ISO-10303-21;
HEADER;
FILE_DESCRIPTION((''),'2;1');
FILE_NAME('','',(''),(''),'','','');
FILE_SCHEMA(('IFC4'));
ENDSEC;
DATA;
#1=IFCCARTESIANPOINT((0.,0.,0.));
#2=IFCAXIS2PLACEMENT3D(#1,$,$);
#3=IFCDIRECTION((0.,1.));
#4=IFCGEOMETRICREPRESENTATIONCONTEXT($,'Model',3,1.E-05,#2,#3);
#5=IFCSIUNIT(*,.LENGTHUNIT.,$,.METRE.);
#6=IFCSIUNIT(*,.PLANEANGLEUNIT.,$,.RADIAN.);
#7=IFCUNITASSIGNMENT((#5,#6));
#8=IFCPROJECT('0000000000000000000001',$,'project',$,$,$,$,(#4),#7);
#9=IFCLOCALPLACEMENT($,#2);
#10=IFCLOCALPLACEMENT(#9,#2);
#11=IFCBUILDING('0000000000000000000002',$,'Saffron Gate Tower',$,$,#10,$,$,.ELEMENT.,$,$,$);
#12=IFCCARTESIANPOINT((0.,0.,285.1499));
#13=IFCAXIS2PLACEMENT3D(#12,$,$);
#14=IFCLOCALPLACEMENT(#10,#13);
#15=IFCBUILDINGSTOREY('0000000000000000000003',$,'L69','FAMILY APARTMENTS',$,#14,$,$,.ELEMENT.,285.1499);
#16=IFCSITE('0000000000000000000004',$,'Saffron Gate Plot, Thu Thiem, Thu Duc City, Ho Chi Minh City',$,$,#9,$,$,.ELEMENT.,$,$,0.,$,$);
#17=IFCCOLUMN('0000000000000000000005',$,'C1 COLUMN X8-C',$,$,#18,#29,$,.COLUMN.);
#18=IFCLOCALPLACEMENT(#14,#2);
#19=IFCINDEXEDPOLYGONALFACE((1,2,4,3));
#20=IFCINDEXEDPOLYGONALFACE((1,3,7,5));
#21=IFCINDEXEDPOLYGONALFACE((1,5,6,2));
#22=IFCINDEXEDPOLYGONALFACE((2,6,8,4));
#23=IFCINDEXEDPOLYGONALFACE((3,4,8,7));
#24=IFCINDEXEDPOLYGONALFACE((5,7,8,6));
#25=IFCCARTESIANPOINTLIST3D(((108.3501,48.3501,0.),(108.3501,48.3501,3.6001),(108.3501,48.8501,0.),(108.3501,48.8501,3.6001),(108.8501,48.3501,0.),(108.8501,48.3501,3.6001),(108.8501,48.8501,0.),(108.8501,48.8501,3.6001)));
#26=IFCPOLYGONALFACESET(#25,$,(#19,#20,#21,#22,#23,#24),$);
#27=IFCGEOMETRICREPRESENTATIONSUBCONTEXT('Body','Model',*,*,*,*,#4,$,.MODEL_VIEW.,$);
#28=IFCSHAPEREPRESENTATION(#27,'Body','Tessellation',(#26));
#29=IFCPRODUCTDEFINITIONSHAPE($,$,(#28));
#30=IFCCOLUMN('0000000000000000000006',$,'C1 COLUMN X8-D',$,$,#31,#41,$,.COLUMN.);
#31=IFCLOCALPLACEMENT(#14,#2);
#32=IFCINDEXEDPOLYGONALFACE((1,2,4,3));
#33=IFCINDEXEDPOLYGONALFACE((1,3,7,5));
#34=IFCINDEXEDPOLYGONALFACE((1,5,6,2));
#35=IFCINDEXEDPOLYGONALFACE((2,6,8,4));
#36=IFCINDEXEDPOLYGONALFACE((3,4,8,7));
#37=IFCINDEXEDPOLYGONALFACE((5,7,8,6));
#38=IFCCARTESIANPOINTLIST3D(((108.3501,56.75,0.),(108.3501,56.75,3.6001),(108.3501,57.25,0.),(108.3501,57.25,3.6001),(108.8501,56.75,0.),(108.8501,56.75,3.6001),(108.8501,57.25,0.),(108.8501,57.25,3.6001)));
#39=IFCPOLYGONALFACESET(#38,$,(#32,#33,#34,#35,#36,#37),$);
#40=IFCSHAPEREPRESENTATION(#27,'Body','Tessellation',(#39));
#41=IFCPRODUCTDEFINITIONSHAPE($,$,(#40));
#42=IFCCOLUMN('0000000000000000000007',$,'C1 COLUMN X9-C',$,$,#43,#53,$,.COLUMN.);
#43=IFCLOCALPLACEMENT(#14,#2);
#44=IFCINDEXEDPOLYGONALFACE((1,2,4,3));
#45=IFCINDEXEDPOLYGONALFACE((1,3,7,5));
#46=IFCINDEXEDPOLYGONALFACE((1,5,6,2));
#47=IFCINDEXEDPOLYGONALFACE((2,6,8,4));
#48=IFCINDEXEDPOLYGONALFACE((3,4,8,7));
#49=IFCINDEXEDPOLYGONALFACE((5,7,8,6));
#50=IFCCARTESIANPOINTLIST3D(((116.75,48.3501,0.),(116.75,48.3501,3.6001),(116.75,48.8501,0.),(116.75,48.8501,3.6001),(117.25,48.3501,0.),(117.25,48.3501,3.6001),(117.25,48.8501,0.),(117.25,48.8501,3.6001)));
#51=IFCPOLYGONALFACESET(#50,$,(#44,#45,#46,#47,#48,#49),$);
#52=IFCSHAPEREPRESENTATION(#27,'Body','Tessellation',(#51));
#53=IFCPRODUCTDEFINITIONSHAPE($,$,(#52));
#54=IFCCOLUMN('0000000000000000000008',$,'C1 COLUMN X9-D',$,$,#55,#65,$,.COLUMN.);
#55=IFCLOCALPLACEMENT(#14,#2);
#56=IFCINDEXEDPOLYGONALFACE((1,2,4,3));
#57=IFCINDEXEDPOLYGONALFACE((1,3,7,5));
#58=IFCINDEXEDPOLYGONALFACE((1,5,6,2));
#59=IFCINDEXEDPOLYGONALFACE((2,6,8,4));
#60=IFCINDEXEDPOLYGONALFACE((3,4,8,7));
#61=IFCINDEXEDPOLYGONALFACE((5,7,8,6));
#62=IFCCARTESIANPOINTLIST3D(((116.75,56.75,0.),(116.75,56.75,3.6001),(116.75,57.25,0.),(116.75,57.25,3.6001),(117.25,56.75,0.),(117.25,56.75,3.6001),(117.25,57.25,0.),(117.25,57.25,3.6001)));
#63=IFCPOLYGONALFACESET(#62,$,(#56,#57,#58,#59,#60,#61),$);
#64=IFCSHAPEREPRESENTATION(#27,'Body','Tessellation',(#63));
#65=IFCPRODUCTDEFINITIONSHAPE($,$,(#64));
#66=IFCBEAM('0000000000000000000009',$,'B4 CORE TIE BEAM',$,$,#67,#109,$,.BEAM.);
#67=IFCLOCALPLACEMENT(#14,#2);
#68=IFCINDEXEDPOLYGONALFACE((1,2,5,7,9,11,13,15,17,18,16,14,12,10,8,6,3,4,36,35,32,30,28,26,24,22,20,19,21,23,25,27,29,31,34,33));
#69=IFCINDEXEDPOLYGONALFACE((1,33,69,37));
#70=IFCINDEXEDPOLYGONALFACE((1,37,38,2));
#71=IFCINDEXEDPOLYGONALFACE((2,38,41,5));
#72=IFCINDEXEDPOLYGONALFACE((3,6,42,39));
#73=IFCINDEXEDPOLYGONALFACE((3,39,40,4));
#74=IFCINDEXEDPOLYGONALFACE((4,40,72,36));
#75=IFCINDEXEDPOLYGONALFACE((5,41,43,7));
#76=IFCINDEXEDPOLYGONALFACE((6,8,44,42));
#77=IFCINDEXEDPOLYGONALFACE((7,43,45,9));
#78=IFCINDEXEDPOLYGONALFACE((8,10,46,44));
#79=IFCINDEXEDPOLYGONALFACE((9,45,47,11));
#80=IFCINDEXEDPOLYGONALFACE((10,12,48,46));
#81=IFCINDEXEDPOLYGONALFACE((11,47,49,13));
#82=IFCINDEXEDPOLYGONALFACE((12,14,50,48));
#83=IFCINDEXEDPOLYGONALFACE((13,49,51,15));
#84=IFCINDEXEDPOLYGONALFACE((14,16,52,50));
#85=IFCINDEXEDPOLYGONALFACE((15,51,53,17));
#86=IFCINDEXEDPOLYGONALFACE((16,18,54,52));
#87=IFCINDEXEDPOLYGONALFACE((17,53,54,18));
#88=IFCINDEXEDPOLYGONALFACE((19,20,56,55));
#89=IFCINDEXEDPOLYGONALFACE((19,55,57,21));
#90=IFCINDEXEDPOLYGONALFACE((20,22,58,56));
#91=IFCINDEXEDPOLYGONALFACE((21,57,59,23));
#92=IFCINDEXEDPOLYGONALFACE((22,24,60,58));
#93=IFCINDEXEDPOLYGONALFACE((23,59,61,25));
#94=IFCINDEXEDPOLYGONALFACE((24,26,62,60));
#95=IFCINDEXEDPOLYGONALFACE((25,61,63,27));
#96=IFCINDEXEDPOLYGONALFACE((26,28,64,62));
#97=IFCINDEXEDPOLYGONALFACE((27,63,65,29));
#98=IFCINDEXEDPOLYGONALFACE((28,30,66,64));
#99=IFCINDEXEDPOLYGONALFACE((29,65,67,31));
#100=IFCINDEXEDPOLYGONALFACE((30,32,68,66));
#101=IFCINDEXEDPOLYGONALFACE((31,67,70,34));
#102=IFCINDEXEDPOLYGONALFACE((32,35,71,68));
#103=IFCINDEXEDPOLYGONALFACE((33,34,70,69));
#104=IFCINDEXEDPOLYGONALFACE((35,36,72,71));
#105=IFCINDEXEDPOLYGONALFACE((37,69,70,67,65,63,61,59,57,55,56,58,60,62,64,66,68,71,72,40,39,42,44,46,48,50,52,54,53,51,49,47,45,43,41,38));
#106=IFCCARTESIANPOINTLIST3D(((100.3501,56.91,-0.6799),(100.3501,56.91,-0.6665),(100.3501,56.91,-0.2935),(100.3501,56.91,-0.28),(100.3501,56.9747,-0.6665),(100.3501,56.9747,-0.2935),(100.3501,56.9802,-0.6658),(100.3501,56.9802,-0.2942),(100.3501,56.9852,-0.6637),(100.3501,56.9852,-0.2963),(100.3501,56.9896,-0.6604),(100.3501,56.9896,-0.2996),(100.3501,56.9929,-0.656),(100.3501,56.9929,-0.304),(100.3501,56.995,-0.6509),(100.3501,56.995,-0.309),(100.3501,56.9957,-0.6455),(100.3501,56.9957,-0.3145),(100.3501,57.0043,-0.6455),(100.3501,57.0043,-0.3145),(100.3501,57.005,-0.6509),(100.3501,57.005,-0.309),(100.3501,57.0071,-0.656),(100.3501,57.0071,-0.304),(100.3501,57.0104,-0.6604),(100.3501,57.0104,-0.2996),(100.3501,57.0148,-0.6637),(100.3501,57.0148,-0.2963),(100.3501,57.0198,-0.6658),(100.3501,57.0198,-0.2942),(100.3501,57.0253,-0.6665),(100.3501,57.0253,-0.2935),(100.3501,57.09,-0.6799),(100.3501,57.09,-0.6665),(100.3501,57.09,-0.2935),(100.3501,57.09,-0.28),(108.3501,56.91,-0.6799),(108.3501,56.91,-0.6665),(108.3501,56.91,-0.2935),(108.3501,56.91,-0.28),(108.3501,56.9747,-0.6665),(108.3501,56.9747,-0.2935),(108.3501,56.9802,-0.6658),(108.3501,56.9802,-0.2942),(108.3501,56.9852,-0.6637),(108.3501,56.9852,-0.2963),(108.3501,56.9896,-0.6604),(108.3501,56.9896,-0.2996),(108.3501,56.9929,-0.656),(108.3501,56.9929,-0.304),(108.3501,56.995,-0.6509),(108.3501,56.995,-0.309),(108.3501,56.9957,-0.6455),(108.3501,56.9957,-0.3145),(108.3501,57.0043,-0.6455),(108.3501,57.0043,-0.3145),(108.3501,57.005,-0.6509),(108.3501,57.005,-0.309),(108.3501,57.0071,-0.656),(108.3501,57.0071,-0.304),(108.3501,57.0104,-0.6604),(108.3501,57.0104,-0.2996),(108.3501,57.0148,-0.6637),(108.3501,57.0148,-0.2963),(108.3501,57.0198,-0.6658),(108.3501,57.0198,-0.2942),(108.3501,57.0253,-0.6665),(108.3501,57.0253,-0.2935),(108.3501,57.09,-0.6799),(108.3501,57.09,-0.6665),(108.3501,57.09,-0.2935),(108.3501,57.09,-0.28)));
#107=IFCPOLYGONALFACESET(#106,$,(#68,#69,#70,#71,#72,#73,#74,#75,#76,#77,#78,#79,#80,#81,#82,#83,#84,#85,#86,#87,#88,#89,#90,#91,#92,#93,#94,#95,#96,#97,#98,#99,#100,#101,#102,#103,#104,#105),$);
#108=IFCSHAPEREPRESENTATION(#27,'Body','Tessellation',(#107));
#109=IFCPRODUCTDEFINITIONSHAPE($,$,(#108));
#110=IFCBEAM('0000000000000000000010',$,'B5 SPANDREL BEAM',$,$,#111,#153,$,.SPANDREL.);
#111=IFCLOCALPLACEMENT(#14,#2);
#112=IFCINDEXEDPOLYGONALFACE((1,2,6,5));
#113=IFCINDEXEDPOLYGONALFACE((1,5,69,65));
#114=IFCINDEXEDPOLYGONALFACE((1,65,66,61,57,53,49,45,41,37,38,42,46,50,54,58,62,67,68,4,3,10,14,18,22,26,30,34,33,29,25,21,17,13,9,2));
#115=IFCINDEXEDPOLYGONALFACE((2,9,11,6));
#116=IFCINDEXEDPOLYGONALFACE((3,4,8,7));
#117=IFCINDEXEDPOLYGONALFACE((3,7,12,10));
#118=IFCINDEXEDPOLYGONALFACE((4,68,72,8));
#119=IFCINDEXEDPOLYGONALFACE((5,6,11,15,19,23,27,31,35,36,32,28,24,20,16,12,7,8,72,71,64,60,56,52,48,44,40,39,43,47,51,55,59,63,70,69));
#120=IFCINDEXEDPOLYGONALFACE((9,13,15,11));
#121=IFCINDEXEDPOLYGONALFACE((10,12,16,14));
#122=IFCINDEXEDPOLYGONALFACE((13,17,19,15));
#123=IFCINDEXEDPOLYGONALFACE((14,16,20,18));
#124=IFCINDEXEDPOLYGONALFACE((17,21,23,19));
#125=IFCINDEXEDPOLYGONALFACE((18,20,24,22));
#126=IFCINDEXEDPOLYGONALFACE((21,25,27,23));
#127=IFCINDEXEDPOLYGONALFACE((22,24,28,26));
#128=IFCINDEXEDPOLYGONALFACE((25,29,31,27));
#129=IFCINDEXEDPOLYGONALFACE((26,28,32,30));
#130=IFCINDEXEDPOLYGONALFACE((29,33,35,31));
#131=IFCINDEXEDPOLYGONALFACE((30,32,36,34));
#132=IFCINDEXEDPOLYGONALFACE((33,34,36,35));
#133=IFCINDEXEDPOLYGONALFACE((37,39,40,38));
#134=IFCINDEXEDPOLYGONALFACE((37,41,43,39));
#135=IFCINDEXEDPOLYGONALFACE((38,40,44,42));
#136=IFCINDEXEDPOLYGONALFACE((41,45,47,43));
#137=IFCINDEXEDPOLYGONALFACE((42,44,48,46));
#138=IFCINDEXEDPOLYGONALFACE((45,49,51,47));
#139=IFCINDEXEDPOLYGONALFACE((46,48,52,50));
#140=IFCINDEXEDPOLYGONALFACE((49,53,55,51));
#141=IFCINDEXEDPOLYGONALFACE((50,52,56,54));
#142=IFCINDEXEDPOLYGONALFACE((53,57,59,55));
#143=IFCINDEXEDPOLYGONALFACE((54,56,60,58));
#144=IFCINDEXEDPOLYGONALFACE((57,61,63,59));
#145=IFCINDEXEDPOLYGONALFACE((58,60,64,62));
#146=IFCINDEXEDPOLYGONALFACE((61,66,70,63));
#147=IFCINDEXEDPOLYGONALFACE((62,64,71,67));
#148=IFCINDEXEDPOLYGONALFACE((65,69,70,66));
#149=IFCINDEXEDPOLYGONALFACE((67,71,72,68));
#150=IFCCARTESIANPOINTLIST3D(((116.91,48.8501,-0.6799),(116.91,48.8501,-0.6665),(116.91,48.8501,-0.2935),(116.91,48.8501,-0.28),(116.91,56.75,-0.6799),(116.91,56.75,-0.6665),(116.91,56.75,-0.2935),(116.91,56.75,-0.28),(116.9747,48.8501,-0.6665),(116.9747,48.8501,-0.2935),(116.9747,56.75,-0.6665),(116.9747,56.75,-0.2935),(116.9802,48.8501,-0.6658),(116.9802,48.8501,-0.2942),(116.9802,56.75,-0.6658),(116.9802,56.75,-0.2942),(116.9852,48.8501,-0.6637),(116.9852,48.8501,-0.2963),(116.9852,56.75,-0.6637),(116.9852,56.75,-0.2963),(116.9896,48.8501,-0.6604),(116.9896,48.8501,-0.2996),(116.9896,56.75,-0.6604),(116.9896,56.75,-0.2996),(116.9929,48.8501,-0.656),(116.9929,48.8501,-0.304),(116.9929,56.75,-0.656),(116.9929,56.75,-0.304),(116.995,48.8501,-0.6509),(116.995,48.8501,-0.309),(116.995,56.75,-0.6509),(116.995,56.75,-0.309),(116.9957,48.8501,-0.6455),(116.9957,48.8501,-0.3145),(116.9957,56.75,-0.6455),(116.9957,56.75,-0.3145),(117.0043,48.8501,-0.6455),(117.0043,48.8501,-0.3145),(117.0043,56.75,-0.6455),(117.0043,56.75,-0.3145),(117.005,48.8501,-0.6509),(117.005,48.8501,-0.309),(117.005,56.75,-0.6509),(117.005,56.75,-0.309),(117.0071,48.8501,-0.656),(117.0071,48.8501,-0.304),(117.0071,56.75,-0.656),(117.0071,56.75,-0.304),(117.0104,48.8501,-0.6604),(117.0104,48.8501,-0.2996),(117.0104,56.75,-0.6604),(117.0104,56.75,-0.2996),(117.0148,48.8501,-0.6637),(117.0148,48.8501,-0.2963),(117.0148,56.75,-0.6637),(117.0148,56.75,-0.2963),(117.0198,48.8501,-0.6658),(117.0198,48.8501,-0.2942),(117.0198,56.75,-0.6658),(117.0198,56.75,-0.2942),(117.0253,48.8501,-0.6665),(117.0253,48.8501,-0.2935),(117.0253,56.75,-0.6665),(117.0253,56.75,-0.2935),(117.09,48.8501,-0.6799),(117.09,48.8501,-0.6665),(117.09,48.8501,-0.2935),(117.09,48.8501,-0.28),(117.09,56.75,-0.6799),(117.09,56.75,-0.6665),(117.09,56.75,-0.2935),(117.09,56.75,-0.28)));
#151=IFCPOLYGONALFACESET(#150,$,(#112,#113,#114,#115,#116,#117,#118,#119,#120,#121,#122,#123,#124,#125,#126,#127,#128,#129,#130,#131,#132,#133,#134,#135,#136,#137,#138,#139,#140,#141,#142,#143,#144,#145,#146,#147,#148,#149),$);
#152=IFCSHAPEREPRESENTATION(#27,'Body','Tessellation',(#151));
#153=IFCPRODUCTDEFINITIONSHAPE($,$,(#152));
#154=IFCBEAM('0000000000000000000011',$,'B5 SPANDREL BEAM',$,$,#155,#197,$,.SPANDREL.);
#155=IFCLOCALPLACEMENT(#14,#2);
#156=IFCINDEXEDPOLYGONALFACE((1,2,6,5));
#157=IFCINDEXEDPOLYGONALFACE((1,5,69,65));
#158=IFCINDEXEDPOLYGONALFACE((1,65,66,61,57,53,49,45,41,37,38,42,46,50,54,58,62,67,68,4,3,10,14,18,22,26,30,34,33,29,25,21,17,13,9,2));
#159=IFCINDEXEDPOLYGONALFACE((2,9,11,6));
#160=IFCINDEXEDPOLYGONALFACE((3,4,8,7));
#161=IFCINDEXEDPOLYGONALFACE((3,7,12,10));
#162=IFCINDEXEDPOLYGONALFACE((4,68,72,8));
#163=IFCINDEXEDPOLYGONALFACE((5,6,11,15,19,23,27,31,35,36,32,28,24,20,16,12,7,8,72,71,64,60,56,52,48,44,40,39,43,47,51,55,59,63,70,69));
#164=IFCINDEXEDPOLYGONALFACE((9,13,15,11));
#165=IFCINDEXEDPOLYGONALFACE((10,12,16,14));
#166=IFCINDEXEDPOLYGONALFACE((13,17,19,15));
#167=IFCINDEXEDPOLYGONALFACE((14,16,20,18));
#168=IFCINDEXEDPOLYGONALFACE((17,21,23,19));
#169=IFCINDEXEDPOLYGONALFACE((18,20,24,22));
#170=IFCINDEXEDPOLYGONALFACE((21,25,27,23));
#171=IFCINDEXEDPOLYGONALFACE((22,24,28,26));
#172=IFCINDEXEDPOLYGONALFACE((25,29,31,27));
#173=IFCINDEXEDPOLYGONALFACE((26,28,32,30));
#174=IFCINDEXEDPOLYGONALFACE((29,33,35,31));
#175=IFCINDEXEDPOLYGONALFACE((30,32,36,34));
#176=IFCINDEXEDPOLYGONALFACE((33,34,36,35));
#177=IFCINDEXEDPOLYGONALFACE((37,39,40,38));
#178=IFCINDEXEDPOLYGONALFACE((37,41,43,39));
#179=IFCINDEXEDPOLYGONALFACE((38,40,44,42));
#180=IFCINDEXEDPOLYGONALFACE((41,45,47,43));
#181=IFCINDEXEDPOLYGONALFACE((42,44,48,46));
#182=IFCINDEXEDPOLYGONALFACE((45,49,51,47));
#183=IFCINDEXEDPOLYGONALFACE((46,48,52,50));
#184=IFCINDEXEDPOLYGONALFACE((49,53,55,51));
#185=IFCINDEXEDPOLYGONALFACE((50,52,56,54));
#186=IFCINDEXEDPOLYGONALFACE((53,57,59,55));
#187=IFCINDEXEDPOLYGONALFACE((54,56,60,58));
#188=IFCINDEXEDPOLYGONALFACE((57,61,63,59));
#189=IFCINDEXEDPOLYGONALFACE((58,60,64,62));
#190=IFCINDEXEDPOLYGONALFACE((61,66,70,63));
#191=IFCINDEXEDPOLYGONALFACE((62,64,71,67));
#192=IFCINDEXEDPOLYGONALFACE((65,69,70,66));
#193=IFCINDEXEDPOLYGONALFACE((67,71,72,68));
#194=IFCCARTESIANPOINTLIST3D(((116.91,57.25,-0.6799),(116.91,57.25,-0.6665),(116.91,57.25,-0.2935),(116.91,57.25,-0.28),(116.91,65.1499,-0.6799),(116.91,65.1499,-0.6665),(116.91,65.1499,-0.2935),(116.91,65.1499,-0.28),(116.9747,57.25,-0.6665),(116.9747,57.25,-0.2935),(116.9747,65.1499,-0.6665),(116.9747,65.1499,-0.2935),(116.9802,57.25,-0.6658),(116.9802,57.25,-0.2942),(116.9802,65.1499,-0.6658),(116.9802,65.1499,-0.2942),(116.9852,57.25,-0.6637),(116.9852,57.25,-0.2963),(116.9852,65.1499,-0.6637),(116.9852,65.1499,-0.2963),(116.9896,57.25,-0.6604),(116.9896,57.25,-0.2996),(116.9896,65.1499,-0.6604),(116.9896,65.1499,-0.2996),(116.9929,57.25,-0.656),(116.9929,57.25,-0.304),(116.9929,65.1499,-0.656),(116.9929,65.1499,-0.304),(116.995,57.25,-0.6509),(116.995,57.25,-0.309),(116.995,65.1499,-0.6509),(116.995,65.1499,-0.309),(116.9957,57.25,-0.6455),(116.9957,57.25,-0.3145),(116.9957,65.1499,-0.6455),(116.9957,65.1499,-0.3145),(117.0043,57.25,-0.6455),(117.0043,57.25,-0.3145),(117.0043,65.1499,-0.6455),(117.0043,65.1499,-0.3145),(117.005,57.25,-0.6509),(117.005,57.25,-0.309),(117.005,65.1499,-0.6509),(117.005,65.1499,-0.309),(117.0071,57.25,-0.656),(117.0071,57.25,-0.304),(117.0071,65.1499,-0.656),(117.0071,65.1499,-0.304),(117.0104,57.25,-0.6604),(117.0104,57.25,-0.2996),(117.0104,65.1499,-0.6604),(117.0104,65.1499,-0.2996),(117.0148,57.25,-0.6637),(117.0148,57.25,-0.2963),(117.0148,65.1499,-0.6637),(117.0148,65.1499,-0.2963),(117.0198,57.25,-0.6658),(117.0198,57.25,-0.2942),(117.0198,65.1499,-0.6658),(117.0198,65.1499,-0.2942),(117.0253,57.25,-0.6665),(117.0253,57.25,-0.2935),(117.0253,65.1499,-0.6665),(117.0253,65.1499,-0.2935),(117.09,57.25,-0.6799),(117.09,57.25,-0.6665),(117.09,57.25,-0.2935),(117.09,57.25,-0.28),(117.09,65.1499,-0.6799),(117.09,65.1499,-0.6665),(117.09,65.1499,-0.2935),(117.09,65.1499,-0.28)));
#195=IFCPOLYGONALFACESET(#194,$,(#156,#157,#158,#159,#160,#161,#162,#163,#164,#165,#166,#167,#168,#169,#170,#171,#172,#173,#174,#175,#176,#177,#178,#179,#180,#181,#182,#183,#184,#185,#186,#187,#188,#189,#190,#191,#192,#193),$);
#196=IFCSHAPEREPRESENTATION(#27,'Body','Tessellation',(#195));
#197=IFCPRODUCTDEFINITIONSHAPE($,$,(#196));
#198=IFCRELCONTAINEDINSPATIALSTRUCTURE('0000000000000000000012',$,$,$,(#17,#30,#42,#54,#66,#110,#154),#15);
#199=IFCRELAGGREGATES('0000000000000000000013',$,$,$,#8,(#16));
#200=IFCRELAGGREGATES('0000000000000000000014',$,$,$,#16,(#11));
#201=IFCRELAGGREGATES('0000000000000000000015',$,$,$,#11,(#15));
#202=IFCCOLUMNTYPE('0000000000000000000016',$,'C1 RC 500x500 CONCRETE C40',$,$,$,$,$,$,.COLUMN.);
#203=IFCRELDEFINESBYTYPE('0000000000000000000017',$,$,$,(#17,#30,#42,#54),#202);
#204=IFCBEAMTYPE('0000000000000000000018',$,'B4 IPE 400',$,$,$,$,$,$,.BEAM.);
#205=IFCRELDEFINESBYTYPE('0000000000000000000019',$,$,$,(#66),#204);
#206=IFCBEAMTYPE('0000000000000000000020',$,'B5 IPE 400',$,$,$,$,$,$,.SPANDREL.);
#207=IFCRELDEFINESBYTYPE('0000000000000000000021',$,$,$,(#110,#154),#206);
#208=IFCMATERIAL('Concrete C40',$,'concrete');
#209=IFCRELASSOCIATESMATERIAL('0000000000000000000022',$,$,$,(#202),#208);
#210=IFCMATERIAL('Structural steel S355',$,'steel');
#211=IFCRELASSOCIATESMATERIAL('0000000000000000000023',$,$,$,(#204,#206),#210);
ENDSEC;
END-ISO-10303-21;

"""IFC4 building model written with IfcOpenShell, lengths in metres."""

from ifc_helpers import new_model, si_unit, direction, frame, origin, origin_2d, place, context, subcontext, project, spatial, rectangle, i_section, extrude, material, material_profile, profile_set, type_object, element, save


model = new_model("IFC4")

# Units and contexts
model_context = context("Model", 3, precision=1e-05, world=origin(), true_north=direction((0.0, 1.0)))
body_context = subcontext(model_context, "Body", "Model", "MODEL_VIEW")
ifc_project = project(units=[si_unit("LENGTHUNIT", "METRE"), si_unit("PLANEANGLEUNIT", "RADIAN")], contexts=[model_context])

# Site, building, storey
site_placement = place(None, origin())
site = spatial("IfcSite", under=ifc_project, at=site_placement, Name="Saffron Gate Plot, Thu Thiem, Thu Duc City, Ho Chi Minh City", CompositionType="ELEMENT", RefElevation=0.0)
building_placement = place(site_placement, origin())
building = spatial("IfcBuilding", under=site, at=building_placement, Name="Saffron Gate Tower", CompositionType="ELEMENT")
storey_placement = place(building_placement, frame((0.0, 0.0, 285.1499)))
storey = spatial("IfcBuildingStorey", under=building, at=storey_placement, Name="L69", Description="FAMILY APARTMENTS", CompositionType="ELEMENT", Elevation=285.1499)

# Columns
ifc_material_1 = material(Name="Concrete C40", Category="concrete")
ifc_material_profile_1 = material_profile(ifc_material_1, rectangle(XDim=0.5, YDim=0.5, at=origin_2d()))
ifc_profile_set_1 = profile_set([ifc_material_profile_1], Name="Concrete C40")
column_type = type_object("IfcColumnType", Name="C1 RC 500x500 CONCRETE C40", PredefinedType="COLUMN", material=ifc_profile_set_1)
for number, where, z_axis, x_axis, name in (
    (1, (108.6001, 48.6001, 0.0), (0.0, 0.0, 1.0), (1.0, 0.0, 0.0), "C1 COLUMN X8-C"),
    (2, (108.6001, 57.0, 0.0), (0.0, 0.0, 1.0), (1.0, 0.0, 0.0), "C1 COLUMN X8-D"),
    (3, (117.0, 48.6001, 0.0), (0.0, 0.0, 1.0), (1.0, 0.0, 0.0), "C1 COLUMN X9-C"),
    (4, (117.0, 57.0, 0.0), (0.0, 0.0, 1.0), (1.0, 0.0, 0.0), "C1 COLUMN X9-D"),
):
    element("IfcColumn", number, at=place(storey_placement, frame(where, z_axis=z_axis, x_axis=x_axis)), inside=storey, type_object=column_type, Name=name, PredefinedType="COLUMN", context=body_context, shape_type="SweptSolid", body=[
        extrude(rectangle(XDim=0.5, YDim=0.5, at=origin_2d()), origin(), (0.0, 0.0, 1.0), 3.6001),
    ])

# Beams
ifc_material_2 = material(Name="Structural steel S355", Category="steel")
ifc_material_profile_2 = material_profile(ifc_material_2, i_section(OverallWidth=0.1799, OverallDepth=0.3999, WebThickness=0.0085, FlangeThickness=0.0134, FilletRadius=0.021, at=origin_2d()))
ifc_profile_set_2 = profile_set([ifc_material_profile_2], Name="Structural steel S355")
beam_type_1 = type_object("IfcBeamType", Name="B4 IPE 400", PredefinedType="BEAM", material=ifc_profile_set_2)
beam_placement = place(storey_placement, frame((108.3501, 57.0, -0.48), z_axis=(-1.0, 0.0, 0.0), x_axis=(0.0, -1.0, 0.0)))
element("IfcBeam", 5, at=beam_placement, inside=storey, type_object=beam_type_1, Name="B4 CORE TIE BEAM", PredefinedType="BEAM", context=body_context, shape_type="SweptSolid", body=[
    extrude(i_section(OverallWidth=0.1799, OverallDepth=0.3999, WebThickness=0.0085, FlangeThickness=0.0134, FilletRadius=0.021, at=origin_2d()), origin(), (0.0, 0.0, 1.0), 8.0),
])
ifc_material_profile_3 = material_profile(ifc_material_2, i_section(OverallWidth=0.1799, OverallDepth=0.3999, WebThickness=0.0085, FlangeThickness=0.0134, FilletRadius=0.021, at=origin_2d()))
ifc_profile_set_3 = profile_set([ifc_material_profile_3], Name="Structural steel S355")
beam_type_2 = type_object("IfcBeamType", Name="B5 IPE 400", PredefinedType="SPANDREL", material=ifc_profile_set_3)
for number, where, z_axis, x_axis, name in (
    (6, (117.0, 48.8501, -0.48), (0.0, 1.0, 0.0), (-1.0, 0.0, 0.0), "B5 SPANDREL BEAM"),
    (7, (117.0, 57.25, -0.48), (0.0, 1.0, 0.0), (-1.0, 0.0, 0.0), "B5 SPANDREL BEAM"),
):
    element("IfcBeam", number, at=place(storey_placement, frame(where, z_axis=z_axis, x_axis=x_axis)), inside=storey, type_object=beam_type_2, Name=name, PredefinedType="SPANDREL", context=body_context, shape_type="SweptSolid", body=[
        extrude(i_section(OverallWidth=0.1799, OverallDepth=0.3999, WebThickness=0.0085, FlangeThickness=0.0134, FilletRadius=0.021, at=origin_2d()), origin(), (0.0, 0.0, 1.0), 7.8999),
    ])

save(model, "model.ifc")
